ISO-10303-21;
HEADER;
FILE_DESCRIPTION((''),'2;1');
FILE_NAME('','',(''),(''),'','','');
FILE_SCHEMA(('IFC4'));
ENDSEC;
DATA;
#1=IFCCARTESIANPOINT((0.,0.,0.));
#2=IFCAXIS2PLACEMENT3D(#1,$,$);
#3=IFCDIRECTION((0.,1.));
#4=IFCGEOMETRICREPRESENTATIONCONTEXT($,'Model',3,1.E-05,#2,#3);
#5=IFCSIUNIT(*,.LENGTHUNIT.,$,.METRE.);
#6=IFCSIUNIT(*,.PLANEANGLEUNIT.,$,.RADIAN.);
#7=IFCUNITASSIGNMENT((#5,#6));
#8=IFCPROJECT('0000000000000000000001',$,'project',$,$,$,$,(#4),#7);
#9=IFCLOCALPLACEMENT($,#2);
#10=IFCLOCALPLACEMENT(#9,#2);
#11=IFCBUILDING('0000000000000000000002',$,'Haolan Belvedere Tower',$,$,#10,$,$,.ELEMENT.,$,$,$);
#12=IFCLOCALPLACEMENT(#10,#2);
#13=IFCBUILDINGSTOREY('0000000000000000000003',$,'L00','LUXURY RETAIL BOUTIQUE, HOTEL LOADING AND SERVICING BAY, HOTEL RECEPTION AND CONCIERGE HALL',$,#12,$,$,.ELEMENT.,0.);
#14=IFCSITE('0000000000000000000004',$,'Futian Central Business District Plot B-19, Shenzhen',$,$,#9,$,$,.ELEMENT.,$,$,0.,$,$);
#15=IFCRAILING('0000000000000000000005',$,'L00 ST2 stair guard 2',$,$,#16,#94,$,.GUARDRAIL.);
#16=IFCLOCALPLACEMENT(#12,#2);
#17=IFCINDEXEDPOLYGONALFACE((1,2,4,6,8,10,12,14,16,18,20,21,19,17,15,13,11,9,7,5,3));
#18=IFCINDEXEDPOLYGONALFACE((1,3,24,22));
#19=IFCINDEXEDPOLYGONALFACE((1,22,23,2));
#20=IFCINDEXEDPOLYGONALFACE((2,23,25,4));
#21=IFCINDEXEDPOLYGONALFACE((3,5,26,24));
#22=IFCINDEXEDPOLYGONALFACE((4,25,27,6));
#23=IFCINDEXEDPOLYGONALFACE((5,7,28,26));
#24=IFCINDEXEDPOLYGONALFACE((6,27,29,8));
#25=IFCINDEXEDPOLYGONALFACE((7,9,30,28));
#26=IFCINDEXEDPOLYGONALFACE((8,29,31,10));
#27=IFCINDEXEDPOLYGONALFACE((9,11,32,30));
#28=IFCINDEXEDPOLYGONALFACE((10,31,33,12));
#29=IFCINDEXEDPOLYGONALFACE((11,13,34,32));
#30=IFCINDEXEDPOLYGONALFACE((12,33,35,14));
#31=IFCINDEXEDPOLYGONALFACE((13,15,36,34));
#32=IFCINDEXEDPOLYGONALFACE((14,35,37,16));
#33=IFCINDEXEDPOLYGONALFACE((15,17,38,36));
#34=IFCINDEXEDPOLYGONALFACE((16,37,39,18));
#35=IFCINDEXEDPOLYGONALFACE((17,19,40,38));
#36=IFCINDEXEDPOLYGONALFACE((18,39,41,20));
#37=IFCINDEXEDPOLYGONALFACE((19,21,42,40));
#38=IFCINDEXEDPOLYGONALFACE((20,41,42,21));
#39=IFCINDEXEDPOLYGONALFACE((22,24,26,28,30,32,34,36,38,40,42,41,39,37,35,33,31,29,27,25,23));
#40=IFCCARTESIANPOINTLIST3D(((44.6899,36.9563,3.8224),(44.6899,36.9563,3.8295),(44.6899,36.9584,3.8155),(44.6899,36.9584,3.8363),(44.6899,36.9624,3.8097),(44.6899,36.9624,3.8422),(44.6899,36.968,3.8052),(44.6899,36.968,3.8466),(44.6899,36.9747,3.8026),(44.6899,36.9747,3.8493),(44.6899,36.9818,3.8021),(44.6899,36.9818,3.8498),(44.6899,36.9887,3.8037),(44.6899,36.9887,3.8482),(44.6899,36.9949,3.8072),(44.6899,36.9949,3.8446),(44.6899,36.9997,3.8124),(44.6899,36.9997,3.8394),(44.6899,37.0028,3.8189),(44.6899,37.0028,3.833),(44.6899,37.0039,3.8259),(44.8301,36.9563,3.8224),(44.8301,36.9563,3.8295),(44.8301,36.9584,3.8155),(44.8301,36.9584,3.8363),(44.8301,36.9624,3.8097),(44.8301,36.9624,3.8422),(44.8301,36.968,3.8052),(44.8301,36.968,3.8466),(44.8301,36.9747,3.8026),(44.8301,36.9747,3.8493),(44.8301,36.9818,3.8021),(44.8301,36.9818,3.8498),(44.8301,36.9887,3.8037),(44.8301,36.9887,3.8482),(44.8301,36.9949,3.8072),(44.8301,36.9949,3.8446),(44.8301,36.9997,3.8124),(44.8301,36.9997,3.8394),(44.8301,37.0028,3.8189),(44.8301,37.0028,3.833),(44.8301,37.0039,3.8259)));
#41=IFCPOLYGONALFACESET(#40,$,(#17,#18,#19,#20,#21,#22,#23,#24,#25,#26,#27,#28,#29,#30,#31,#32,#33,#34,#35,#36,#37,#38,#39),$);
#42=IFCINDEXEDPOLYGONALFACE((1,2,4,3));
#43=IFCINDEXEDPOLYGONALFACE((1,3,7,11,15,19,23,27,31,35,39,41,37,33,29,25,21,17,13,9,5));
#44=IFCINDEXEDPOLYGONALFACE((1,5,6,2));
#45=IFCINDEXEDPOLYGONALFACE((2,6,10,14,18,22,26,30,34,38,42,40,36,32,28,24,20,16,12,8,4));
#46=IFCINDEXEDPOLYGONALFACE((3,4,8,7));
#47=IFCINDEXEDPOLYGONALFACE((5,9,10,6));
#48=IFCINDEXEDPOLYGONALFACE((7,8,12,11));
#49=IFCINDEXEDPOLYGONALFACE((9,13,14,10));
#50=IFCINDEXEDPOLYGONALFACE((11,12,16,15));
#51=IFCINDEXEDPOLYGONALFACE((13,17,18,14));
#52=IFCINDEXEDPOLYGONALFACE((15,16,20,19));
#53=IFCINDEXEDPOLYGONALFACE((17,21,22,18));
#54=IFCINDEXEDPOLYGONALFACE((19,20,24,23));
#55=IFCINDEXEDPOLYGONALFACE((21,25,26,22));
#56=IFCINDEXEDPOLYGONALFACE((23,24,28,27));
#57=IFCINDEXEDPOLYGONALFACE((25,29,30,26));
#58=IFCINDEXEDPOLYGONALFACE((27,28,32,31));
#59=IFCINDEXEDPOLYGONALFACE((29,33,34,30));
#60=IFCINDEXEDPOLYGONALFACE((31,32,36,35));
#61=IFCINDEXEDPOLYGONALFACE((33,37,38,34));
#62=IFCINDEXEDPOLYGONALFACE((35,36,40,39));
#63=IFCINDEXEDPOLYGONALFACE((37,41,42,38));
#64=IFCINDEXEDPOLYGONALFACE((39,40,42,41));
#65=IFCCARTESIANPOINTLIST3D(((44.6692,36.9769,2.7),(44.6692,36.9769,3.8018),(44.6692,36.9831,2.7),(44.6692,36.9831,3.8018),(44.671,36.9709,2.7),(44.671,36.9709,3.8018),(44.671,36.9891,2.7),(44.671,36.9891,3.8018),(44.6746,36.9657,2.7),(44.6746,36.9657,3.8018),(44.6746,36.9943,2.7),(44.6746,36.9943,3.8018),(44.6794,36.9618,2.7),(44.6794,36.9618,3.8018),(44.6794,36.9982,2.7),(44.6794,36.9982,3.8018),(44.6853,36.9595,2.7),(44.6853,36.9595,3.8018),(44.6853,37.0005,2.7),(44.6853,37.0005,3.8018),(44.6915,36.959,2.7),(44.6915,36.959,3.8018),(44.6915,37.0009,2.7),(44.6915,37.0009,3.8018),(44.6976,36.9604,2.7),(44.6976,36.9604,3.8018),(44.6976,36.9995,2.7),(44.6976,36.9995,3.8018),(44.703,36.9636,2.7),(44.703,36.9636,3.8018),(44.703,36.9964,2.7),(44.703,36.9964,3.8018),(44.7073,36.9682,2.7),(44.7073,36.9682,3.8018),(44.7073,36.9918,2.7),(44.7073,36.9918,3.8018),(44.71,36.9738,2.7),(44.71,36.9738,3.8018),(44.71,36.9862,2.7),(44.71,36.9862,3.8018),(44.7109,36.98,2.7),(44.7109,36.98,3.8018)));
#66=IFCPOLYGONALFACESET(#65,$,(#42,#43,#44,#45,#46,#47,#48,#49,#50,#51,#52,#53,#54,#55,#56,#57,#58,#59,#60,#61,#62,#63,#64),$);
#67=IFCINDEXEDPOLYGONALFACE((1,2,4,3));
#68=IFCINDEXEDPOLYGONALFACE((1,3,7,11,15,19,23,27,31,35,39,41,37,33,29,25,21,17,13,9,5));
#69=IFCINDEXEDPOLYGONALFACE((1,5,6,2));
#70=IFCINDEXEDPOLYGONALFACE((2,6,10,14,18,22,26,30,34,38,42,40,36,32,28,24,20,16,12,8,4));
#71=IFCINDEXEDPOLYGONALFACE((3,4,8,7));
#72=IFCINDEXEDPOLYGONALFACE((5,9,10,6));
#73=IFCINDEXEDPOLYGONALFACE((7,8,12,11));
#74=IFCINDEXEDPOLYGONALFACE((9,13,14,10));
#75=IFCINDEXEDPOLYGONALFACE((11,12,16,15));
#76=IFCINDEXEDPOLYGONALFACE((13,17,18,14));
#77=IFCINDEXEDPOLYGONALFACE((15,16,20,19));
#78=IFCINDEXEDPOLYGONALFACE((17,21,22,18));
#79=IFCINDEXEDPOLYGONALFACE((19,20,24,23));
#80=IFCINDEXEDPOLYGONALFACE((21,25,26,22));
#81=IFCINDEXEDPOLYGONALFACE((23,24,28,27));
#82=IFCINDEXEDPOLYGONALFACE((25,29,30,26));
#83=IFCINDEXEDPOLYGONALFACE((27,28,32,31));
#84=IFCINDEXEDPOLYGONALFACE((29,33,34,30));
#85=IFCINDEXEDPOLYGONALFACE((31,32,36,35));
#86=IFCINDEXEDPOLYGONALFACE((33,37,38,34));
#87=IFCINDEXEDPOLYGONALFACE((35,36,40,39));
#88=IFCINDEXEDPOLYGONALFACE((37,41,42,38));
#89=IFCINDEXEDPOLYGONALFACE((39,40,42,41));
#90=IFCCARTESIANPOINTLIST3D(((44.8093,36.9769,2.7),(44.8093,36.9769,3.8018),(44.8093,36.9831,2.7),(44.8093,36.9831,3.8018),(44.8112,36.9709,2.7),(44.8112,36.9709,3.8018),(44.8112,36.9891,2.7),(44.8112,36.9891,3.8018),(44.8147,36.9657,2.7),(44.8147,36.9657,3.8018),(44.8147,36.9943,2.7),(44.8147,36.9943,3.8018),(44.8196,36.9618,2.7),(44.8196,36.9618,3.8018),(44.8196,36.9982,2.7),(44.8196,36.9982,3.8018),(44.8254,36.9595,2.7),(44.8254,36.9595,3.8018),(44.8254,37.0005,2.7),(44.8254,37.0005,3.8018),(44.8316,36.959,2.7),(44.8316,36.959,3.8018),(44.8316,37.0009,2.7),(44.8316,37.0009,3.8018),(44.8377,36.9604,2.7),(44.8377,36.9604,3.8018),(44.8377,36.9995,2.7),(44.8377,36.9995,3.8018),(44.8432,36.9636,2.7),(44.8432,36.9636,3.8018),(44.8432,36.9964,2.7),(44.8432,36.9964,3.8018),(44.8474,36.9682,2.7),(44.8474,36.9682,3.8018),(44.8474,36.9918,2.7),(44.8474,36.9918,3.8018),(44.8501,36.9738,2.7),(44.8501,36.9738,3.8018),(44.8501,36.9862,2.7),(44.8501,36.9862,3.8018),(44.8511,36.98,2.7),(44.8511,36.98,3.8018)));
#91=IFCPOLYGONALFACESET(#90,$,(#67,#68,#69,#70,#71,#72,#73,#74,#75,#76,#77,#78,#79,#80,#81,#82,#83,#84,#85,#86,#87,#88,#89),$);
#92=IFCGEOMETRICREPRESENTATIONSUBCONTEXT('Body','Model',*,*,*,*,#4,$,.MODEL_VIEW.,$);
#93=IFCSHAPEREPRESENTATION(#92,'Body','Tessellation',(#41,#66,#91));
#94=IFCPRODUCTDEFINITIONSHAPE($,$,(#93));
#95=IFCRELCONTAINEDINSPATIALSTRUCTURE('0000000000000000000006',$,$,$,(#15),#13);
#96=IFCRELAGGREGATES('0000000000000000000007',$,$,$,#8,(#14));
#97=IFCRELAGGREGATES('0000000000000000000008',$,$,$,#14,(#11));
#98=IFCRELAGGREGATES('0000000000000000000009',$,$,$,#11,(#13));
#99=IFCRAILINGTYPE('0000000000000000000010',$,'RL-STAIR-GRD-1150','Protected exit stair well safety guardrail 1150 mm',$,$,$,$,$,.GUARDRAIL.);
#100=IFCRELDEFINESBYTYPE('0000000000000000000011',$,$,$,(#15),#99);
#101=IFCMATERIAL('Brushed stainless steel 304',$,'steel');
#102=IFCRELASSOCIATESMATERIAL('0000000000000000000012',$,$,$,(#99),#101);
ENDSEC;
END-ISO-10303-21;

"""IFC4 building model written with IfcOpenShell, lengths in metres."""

from ifc_helpers import new_model, si_unit, direction, frame, origin, origin_2d, place, context, subcontext, project, spatial, circle, extrude, material, type_object, element, save


model = new_model("IFC4")

# Units and contexts
model_context = context("Model", 3, precision=1e-05, world=origin(), true_north=direction((0.0, 1.0)))
body_context = subcontext(model_context, "Body", "Model", "MODEL_VIEW")
ifc_project = project(units=[si_unit("LENGTHUNIT", "METRE"), si_unit("PLANEANGLEUNIT", "RADIAN")], contexts=[model_context])

# Site, building, storey
site_placement = place(None, origin())
site = spatial("IfcSite", under=ifc_project, at=site_placement, Name="Futian Central Business District Plot B-19, Shenzhen", CompositionType="ELEMENT", RefElevation=0.0)
building_placement = place(site_placement, origin())
building = spatial("IfcBuilding", under=site, at=building_placement, Name="Haolan Belvedere Tower", CompositionType="ELEMENT")
storey_placement = place(building_placement, origin())
storey = spatial("IfcBuildingStorey", under=building, at=storey_placement, Name="L00", Description="LUXURY RETAIL BOUTIQUE, HOTEL LOADING AND SERVICING BAY, HOTEL RECEPTION AND CONCIERGE HALL", CompositionType="ELEMENT", Elevation=0.0)

# Railing
ifc_material_1 = material(Name="Brushed stainless steel 304", Category="steel")
railing_type_1 = type_object("IfcRailingType", Name="RL-STAIR-GRD-1150", Description="Protected exit stair well safety guardrail 1150 mm", PredefinedType="GUARDRAIL", material=ifc_material_1)
railing_1_placement = place(storey_placement, frame((44.6899, 36.98, 2.7)))
element("IfcRailing", 1, at=railing_1_placement, inside=storey, type_object=railing_type_1, Name="L00 ST2 stair guard 2", PredefinedType="GUARDRAIL", context=body_context, shape_type="SweptSolid", body=[
    extrude(circle(Radius=0.0239, at=origin_2d()), frame((0.0, 0.0, 1.126), z_axis=(1.0, 0.0, 0.0), x_axis=(0.0, 1.0, 0.0)), (0.0, 0.0, 1.0), 0.1401),
    extrude(circle(Radius=0.021, at=origin_2d()), origin(), (0.0, 0.0, 1.0), 1.1018),
    extrude(circle(Radius=0.021, at=origin_2d()), frame((0.1401, 0.0, 0.0)), (0.0, 0.0, 1.0), 1.1018),
])

save(model, "model.ifc")
